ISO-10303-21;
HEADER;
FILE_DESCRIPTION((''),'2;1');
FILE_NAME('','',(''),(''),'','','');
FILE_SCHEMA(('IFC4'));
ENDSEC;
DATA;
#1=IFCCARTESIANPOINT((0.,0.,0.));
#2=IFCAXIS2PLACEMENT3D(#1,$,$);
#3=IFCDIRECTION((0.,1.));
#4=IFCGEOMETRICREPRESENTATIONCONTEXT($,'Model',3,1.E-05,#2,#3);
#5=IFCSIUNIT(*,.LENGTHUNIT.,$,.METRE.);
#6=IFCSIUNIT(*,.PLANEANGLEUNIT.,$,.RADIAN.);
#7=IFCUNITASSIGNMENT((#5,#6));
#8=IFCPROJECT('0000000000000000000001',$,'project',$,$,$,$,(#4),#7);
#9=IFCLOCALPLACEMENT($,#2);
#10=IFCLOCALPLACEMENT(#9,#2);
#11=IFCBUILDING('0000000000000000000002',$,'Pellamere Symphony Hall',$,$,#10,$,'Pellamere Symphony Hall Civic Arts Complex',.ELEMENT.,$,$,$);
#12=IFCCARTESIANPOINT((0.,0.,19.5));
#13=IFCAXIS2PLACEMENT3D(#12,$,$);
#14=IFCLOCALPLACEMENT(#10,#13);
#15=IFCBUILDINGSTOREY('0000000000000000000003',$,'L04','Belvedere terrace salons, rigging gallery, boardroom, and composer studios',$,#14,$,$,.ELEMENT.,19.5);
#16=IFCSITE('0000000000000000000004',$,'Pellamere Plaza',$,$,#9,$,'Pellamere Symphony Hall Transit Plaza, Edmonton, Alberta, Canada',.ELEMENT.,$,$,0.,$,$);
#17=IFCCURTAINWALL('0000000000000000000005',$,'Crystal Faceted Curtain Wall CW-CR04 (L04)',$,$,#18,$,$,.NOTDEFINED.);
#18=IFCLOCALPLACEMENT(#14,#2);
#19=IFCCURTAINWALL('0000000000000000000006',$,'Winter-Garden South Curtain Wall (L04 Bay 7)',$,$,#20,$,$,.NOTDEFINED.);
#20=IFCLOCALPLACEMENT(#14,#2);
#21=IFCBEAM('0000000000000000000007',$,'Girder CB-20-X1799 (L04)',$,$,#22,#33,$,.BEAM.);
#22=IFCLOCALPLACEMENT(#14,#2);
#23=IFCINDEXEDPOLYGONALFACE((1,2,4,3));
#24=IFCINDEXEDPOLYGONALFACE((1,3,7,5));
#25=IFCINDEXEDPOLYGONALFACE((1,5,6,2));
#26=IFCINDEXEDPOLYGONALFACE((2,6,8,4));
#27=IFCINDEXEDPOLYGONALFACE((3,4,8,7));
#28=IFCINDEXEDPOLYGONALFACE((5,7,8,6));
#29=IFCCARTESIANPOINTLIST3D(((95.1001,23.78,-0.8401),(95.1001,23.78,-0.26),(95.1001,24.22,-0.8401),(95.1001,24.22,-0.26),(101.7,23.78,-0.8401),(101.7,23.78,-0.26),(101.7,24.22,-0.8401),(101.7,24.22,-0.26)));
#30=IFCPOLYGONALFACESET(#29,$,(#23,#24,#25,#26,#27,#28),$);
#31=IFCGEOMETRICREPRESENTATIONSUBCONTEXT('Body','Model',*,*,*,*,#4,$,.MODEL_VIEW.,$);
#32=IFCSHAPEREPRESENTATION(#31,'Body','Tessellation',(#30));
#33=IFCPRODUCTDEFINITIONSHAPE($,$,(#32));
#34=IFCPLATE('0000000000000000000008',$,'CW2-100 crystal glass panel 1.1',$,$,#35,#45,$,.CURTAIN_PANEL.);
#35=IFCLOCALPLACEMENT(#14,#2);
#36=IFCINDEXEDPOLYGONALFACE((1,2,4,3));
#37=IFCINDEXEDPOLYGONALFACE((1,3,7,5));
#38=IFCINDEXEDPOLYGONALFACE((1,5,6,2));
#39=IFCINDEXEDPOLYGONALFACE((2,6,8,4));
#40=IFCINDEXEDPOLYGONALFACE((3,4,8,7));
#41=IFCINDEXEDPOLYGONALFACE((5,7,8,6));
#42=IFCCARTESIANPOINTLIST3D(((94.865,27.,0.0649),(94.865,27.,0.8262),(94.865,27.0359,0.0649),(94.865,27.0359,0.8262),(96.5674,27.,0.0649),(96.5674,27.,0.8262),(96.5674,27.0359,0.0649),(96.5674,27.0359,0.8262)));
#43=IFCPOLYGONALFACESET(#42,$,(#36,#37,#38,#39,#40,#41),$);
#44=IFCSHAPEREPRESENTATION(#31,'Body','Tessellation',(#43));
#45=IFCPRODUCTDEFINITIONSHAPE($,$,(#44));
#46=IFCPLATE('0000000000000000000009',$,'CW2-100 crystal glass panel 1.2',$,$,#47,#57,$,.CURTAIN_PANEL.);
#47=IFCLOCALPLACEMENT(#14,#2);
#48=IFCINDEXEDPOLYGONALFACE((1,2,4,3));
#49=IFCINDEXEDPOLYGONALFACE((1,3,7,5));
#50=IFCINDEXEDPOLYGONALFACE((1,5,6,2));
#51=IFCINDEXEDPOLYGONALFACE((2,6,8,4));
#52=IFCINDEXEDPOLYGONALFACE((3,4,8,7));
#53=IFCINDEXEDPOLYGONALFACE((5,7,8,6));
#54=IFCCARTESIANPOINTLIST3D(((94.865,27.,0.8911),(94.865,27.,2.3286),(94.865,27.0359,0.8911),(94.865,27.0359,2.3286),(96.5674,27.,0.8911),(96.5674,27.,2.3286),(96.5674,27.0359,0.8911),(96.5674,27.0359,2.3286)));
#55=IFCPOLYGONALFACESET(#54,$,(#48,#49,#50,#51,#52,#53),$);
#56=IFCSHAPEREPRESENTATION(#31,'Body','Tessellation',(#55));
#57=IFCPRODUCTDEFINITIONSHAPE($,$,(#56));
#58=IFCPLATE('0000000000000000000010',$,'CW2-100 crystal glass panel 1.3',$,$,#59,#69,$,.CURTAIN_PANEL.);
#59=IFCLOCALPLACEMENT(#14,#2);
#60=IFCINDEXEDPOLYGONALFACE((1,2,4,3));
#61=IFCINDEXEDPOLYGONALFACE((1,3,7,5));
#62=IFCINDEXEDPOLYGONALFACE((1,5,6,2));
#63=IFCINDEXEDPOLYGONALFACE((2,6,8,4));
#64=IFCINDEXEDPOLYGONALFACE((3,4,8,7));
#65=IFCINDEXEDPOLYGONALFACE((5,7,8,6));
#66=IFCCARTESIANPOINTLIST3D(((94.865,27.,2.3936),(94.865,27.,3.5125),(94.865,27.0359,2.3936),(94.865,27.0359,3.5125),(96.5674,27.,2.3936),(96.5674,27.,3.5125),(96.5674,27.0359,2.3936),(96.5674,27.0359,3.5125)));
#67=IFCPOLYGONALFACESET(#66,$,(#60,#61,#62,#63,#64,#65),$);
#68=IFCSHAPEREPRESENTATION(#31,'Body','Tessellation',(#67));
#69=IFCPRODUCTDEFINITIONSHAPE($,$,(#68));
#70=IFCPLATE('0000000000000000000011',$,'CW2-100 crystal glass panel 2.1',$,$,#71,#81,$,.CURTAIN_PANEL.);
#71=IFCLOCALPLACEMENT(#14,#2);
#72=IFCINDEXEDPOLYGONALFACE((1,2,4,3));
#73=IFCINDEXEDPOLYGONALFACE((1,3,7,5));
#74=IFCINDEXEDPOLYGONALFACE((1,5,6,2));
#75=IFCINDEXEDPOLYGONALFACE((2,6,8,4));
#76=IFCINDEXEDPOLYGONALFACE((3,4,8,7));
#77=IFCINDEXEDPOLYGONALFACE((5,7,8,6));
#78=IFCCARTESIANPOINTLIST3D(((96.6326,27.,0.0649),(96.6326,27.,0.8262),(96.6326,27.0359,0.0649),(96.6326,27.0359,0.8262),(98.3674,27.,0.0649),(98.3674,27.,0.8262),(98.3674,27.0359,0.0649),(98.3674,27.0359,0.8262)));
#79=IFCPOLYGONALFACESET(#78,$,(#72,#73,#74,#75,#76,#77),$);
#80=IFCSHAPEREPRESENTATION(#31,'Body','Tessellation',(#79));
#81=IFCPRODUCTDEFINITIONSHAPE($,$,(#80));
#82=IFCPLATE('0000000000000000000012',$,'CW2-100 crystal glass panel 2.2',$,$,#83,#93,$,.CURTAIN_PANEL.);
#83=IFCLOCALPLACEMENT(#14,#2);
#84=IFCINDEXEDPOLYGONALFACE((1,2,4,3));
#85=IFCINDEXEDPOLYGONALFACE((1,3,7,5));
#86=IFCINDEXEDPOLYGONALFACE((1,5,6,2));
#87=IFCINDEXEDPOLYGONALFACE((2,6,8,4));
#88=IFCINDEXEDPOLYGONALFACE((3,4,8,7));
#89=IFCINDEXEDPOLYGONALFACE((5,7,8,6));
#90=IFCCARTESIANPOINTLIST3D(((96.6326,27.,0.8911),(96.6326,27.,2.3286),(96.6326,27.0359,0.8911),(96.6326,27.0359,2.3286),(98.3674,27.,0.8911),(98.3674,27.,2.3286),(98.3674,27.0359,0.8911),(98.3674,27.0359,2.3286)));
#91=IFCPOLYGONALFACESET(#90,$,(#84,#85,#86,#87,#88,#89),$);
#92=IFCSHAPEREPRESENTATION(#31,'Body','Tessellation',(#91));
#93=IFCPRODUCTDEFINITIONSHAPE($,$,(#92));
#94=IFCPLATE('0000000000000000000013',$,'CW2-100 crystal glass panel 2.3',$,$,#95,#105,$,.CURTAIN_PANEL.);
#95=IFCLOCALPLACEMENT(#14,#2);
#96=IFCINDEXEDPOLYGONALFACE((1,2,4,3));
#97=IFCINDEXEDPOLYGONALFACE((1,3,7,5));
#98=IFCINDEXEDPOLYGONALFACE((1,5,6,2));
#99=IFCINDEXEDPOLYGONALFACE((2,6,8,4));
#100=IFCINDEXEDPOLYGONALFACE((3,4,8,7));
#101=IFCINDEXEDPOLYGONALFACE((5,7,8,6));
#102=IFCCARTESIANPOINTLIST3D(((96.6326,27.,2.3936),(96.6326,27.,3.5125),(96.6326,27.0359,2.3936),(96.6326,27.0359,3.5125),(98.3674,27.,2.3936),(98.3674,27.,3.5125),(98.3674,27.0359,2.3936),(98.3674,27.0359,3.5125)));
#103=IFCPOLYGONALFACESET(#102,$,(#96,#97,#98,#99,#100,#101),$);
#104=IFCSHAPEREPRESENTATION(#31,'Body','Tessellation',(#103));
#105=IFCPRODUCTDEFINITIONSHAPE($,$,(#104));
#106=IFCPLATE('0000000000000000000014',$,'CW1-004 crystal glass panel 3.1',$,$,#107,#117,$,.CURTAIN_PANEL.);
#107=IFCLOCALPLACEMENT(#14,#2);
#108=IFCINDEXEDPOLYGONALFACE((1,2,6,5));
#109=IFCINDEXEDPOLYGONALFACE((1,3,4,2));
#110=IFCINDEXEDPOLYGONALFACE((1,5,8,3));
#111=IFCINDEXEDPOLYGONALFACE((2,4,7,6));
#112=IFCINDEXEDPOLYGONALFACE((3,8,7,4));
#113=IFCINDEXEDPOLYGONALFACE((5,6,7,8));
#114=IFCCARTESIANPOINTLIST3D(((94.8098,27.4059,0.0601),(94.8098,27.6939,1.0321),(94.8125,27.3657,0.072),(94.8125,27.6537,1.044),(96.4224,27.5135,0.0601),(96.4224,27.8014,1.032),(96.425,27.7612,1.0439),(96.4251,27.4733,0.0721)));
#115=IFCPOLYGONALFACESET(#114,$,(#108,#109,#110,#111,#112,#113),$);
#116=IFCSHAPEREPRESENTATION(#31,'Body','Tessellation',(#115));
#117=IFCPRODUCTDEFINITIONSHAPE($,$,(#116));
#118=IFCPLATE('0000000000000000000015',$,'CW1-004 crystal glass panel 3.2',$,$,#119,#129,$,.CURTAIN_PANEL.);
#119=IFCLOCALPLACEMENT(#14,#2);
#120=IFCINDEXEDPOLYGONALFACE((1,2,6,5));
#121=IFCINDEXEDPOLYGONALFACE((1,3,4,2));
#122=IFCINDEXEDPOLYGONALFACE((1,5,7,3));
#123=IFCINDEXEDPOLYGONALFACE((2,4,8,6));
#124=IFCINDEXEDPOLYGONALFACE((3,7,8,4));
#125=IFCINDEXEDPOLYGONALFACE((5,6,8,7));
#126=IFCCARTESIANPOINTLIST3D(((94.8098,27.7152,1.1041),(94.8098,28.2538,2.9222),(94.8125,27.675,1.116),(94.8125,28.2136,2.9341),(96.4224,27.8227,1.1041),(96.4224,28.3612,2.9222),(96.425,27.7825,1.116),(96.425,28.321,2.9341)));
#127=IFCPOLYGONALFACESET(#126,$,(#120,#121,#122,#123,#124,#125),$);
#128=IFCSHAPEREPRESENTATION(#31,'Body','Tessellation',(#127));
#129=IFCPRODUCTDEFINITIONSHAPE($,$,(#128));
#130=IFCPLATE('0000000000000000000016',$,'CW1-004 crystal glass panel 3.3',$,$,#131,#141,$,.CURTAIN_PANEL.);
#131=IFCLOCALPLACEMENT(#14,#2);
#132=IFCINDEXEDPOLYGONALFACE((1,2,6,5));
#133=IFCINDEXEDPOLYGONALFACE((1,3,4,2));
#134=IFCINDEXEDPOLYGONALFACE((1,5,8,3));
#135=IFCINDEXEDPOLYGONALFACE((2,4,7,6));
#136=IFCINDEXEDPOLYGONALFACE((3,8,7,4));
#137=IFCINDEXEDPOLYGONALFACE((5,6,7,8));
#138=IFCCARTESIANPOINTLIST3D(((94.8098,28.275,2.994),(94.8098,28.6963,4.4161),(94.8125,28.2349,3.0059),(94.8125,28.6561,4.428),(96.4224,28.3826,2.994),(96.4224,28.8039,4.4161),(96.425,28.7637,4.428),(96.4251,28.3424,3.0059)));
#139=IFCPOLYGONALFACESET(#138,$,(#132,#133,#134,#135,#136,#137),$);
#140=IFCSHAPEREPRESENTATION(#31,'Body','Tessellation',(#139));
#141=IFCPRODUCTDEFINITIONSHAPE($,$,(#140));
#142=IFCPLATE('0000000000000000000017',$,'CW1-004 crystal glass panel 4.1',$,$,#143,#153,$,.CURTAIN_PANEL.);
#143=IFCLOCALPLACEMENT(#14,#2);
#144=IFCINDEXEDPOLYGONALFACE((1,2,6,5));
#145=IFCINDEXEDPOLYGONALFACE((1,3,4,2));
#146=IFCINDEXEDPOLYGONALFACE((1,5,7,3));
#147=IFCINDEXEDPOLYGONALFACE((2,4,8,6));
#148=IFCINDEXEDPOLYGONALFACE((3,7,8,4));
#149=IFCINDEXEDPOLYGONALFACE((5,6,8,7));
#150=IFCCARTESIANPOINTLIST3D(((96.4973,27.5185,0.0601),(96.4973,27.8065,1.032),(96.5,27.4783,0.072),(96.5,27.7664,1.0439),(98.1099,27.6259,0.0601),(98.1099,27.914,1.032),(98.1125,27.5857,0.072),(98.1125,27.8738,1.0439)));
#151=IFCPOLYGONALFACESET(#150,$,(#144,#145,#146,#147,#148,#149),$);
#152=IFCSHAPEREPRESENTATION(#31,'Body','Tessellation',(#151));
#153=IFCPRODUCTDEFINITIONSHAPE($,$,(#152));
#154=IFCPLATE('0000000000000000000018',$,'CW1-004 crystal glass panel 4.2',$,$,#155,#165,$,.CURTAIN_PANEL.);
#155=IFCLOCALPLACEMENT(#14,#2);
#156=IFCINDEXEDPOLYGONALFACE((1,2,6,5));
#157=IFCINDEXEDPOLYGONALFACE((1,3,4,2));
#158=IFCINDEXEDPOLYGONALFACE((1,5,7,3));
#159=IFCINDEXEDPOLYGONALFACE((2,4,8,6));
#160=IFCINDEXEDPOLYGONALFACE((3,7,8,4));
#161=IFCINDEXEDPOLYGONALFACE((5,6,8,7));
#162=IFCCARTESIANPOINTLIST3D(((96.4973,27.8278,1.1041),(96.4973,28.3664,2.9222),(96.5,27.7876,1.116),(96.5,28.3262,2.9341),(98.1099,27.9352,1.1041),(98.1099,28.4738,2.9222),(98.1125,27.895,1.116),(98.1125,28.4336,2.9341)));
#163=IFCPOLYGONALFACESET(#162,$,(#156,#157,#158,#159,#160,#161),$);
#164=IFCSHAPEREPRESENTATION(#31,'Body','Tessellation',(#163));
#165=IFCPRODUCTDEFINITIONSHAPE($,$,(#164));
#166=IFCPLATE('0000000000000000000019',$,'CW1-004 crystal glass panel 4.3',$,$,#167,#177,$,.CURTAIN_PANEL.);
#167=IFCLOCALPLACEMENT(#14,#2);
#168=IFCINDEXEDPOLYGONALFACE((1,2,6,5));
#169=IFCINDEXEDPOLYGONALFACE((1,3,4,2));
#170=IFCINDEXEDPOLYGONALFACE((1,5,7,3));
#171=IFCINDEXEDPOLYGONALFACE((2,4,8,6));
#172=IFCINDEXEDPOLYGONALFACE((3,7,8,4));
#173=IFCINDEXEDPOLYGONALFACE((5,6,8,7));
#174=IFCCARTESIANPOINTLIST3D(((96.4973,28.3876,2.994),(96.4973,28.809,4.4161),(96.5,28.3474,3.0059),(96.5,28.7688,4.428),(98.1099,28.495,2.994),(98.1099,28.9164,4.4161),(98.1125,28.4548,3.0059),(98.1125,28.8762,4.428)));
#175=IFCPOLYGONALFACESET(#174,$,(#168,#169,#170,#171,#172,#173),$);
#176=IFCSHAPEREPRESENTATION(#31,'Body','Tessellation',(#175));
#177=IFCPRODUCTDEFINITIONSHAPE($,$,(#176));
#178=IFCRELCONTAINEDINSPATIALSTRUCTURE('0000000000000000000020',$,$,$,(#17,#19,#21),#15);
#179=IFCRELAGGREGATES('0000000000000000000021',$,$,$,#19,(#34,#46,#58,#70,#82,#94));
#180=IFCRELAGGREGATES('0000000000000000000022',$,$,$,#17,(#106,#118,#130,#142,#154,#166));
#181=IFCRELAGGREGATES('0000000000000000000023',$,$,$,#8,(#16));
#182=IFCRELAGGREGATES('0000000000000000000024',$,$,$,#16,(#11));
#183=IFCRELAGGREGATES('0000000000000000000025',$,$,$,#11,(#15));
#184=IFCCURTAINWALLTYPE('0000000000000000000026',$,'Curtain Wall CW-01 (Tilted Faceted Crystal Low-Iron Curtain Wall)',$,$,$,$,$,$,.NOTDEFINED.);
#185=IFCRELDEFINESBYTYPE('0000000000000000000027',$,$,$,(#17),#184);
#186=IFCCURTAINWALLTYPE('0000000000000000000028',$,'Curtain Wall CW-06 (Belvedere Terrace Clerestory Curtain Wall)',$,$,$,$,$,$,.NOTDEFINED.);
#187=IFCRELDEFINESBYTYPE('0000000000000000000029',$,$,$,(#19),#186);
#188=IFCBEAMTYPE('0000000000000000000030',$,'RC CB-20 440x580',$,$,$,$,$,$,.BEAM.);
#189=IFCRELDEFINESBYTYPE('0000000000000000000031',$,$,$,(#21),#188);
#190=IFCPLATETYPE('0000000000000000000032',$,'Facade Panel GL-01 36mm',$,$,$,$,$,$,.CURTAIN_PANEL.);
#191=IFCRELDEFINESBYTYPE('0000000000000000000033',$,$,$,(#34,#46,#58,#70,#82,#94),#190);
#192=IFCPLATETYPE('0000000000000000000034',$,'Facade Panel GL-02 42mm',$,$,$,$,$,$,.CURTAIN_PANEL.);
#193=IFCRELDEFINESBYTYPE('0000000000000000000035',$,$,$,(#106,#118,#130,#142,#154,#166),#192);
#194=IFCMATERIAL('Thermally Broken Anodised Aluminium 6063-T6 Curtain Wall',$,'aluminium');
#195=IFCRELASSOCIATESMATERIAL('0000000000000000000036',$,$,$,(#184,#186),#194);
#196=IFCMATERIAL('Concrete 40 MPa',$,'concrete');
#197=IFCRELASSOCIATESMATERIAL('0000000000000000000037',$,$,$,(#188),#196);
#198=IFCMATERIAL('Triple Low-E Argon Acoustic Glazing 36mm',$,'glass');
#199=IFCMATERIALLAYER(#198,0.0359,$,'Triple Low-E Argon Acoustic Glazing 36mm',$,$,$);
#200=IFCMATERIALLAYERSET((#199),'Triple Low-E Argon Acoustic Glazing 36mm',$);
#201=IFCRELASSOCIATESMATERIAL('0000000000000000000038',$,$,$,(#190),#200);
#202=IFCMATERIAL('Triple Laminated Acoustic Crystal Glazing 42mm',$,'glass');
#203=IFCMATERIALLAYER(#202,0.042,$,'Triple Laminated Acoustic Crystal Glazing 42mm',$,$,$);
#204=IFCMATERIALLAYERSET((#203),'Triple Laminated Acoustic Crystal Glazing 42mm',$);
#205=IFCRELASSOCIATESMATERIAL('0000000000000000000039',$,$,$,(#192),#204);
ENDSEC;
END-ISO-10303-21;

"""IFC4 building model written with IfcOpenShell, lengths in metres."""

from ifc_helpers import new_model, si_unit, direction, frame, origin, origin_2d, place, context, subcontext, project, spatial, polyline, rectangle, outline, extrude, material, layer, layer_set, material_profile, profile_set, type_object, element, aggregate, save


model = new_model("IFC4")

# Units and contexts
model_context = context("Model", 3, precision=1e-05, world=origin(), true_north=direction((0.0, 1.0)))
body_context = subcontext(model_context, "Body", "Model", "MODEL_VIEW")
ifc_project = project(units=[si_unit("LENGTHUNIT", "METRE"), si_unit("PLANEANGLEUNIT", "RADIAN")], contexts=[model_context])

# Site, building, storey
site_placement = place(None, origin())
site = spatial("IfcSite", under=ifc_project, at=site_placement, Name="Pellamere Plaza", LongName="Pellamere Symphony Hall Transit Plaza, Edmonton, Alberta, Canada", CompositionType="ELEMENT", RefElevation=0.0)
building_placement = place(site_placement, origin())
building = spatial("IfcBuilding", under=site, at=building_placement, Name="Pellamere Symphony Hall", LongName="Pellamere Symphony Hall Civic Arts Complex", CompositionType="ELEMENT")
storey_placement = place(building_placement, frame((0.0, 0.0, 19.5)))
storey = spatial("IfcBuildingStorey", under=building, at=storey_placement, Name="L04", Description="Belvedere terrace salons, rigging gallery, boardroom, and composer studios", CompositionType="ELEMENT", Elevation=19.5)

# Curtain walls
ifc_material_1 = material(Name="Thermally Broken Anodised Aluminium 6063-T6 Curtain Wall", Category="aluminium")
curtain_wall_type_1 = type_object("IfcCurtainWallType", Name="Curtain Wall CW-01 (Tilted Faceted Crystal Low-Iron Curtain Wall)", PredefinedType="NOTDEFINED", material=ifc_material_1)
curtain_wall_1_placement = place(storey_placement, origin())
curtain_wall_1 = element("IfcCurtainWall", 1, at=curtain_wall_1_placement, inside=storey, type_object=curtain_wall_type_1, Name="Crystal Faceted Curtain Wall CW-CR04 (L04)", PredefinedType="NOTDEFINED")
curtain_wall_type_2 = type_object("IfcCurtainWallType", Name="Curtain Wall CW-06 (Belvedere Terrace Clerestory Curtain Wall)", PredefinedType="NOTDEFINED", material=ifc_material_1)
curtain_wall_2_placement = place(storey_placement, origin())
curtain_wall_2 = element("IfcCurtainWall", 2, at=curtain_wall_2_placement, inside=storey, type_object=curtain_wall_type_2, Name="Winter-Garden South Curtain Wall (L04 Bay 7)", PredefinedType="NOTDEFINED")

# Beam
ifc_material_2 = material(Name="Concrete 40 MPa", Category="concrete")
ifc_material_profile_1 = material_profile(ifc_material_2, rectangle(XDim=0.4399, YDim=0.5801, at=origin_2d()), Name="RC 440x580")
ifc_profile_set_1 = profile_set([ifc_material_profile_1], Name="Concrete 40 MPa")
beam_type_1 = type_object("IfcBeamType", Name="RC CB-20 440x580", PredefinedType="BEAM", material=ifc_profile_set_1)
beam_1_placement = place(storey_placement, frame((95.1001, 24.0, -0.55), z_axis=(1.0, 0.0, 0.0), x_axis=(0.0, 1.0, 0.0)))
element("IfcBeam", 3, at=beam_1_placement, inside=storey, type_object=beam_type_1, Name="Girder CB-20-X1799 (L04)", PredefinedType="BEAM", context=body_context, shape_type="SweptSolid", body=[
    extrude(rectangle(XDim=0.4399, YDim=0.5801, at=origin_2d()), origin(), (0.0, 0.0, 1.0), 6.5999),
])

# Plates
ifc_material_3 = material(Name="Triple Low-E Argon Acoustic Glazing 36mm", Category="glass")
ifc_layer_1 = layer(ifc_material_3, 0.0359, Name="Triple Low-E Argon Acoustic Glazing 36mm")
ifc_layer_set_1 = layer_set([ifc_layer_1], Name="Triple Low-E Argon Acoustic Glazing 36mm")
plate_type_1 = type_object("IfcPlateType", Name="Facade Panel GL-01 36mm", PredefinedType="CURTAIN_PANEL", material=ifc_layer_set_1)
plate_1_placement = place(storey_placement, frame((94.865, 27.0, 0.0649), z_axis=(0.0, -1.0, 0.0), x_axis=(1.0, 0.0, 0.0)))
plate_1 = element("IfcPlate", 4, at=plate_1_placement, type_object=plate_type_1, Name="CW2-100 crystal glass panel 1.1", PredefinedType="CURTAIN_PANEL", context=body_context, shape_type="SweptSolid", body=[
    extrude(outline(polyline([(0.0, 0.0), (1.7024, 0.0), (1.7024, 0.7612), (0.0, 0.7612), (0.0, 0.0)])), origin(), (0.0, 0.0, -1.0), 0.0359),
])
plate_2_placement = place(storey_placement, frame((94.865, 27.0, 0.8911), z_axis=(0.0, -1.0, 0.0), x_axis=(1.0, 0.0, 0.0)))
plate_2 = element("IfcPlate", 5, at=plate_2_placement, type_object=plate_type_1, Name="CW2-100 crystal glass panel 1.2", PredefinedType="CURTAIN_PANEL", context=body_context, shape_type="SweptSolid", body=[
    extrude(outline(polyline([(0.0, 0.0), (1.7024, 0.0), (1.7024, 1.4375), (0.0, 1.4375), (0.0, 0.0)])), origin(), (0.0, 0.0, -1.0), 0.0359),
])
plate_3_placement = place(storey_placement, frame((94.865, 27.0, 2.3936), z_axis=(0.0, -1.0, 0.0), x_axis=(1.0, 0.0, 0.0)))
plate_3 = element("IfcPlate", 6, at=plate_3_placement, type_object=plate_type_1, Name="CW2-100 crystal glass panel 1.3", PredefinedType="CURTAIN_PANEL", context=body_context, shape_type="SweptSolid", body=[
    extrude(outline(polyline([(0.0, 0.0), (1.7024, 0.0), (1.7024, 1.1189), (0.0, 1.1189), (0.0, 0.0)])), origin(), (0.0, 0.0, -1.0), 0.0359),
])
plate_4_placement = place(storey_placement, frame((96.6326, 27.0, 0.0649), z_axis=(0.0, -1.0, 0.0), x_axis=(1.0, 0.0, 0.0)))
plate_4 = element("IfcPlate", 7, at=plate_4_placement, type_object=plate_type_1, Name="CW2-100 crystal glass panel 2.1", PredefinedType="CURTAIN_PANEL", context=body_context, shape_type="SweptSolid", body=[
    extrude(outline(polyline([(0.0, 0.0), (1.7349, 0.0), (1.7349, 0.7612), (0.0, 0.7612), (0.0, 0.0)])), origin(), (0.0, 0.0, -1.0), 0.0359),
])
plate_5_placement = place(storey_placement, frame((96.6326, 27.0, 0.8911), z_axis=(0.0, -1.0, 0.0), x_axis=(1.0, 0.0, 0.0)))
plate_5 = element("IfcPlate", 8, at=plate_5_placement, type_object=plate_type_1, Name="CW2-100 crystal glass panel 2.2", PredefinedType="CURTAIN_PANEL", context=body_context, shape_type="SweptSolid", body=[
    extrude(outline(polyline([(0.0, 0.0), (1.7349, 0.0), (1.7349, 1.4375), (0.0, 1.4375), (0.0, 0.0)])), origin(), (0.0, 0.0, -1.0), 0.0359),
])
plate_6_placement = place(storey_placement, frame((96.6326, 27.0, 2.3936), z_axis=(0.0, -1.0, 0.0), x_axis=(1.0, 0.0, 0.0)))
plate_6 = element("IfcPlate", 9, at=plate_6_placement, type_object=plate_type_1, Name="CW2-100 crystal glass panel 2.3", PredefinedType="CURTAIN_PANEL", context=body_context, shape_type="SweptSolid", body=[
    extrude(outline(polyline([(0.0, 0.0), (1.7349, 0.0), (1.7349, 1.1189), (0.0, 1.1189), (0.0, 0.0)])), origin(), (0.0, 0.0, -1.0), 0.0359),
])
aggregate(curtain_wall_2, [plate_1, plate_2, plate_3, plate_4, plate_5, plate_6])
ifc_material_4 = material(Name="Triple Laminated Acoustic Crystal Glazing 42mm", Category="glass")
ifc_layer_2 = layer(ifc_material_4, 0.042, Name="Triple Laminated Acoustic Crystal Glazing 42mm")
ifc_layer_set_2 = layer_set([ifc_layer_2], Name="Triple Laminated Acoustic Crystal Glazing 42mm")
plate_type_2 = type_object("IfcPlateType", Name="Facade Panel GL-02 42mm", PredefinedType="CURTAIN_PANEL", material=ifc_layer_set_2)
plate_7_placement = place(storey_placement, frame((94.8125, 27.3657, 0.072), z_axis=(0.063814, -0.956848, 0.283497), x_axis=(0.997783, 0.06655, 0.00002)))
plate_7 = element("IfcPlate", 10, at=plate_7_placement, type_object=plate_type_2, Name="CW1-004 crystal glass panel 3.1", PredefinedType="CURTAIN_PANEL", context=body_context, shape_type="SweptSolid", body=[
    extrude(outline(polyline([(0.0, 0.0), (1.6161, 0.0), (1.6353, 1.0135), (0.0192, 1.0135), (0.0, 0.0)])), origin(), (0.0, 0.0, -1.0), 0.042),
])
plate_8_placement = place(storey_placement, frame((94.8125, 27.675, 1.116), z_axis=(0.063743, -0.956866, 0.283449), x_axis=(0.997788, 0.066469, 0.0)))
plate_8 = element("IfcPlate", 11, at=plate_8_placement, type_object=plate_type_2, Name="CW1-004 crystal glass panel 3.2", PredefinedType="CURTAIN_PANEL", context=body_context, shape_type="SweptSolid", body=[
    extrude(outline(polyline([(0.0, 0.0), (1.6161, 0.0), (1.6519, 1.8959), (0.0358, 1.8959), (0.0, 0.0)])), origin(), (0.0, 0.0, -1.0), 0.042),
])
plate_9_placement = place(storey_placement, frame((94.8125, 28.2349, 3.0059), z_axis=(0.063815, -0.956863, 0.283445), x_axis=(0.997783, 0.06655, 0.00002)))
plate_9 = element("IfcPlate", 12, at=plate_9_placement, type_object=plate_type_2, Name="CW1-004 crystal glass panel 3.3", PredefinedType="CURTAIN_PANEL", context=body_context, shape_type="SweptSolid", body=[
    extrude(outline(polyline([(0.0, 0.0), (1.6161, 0.0), (1.6442, 1.4829), (0.0281, 1.483), (0.0, 0.0)])), origin(), (0.0, 0.0, -1.0), 0.042),
])
plate_10_placement = place(storey_placement, frame((96.5, 27.4783, 0.072), z_axis=(0.06374, -0.956819, 0.283609), x_axis=(0.997788, 0.066469, 0.0)))
plate_10 = element("IfcPlate", 13, at=plate_10_placement, type_object=plate_type_2, Name="CW1-004 crystal glass panel 4.1", PredefinedType="CURTAIN_PANEL", context=body_context, shape_type="SweptSolid", body=[
    extrude(outline(polyline([(0.0, 0.0), (1.6161, 0.0), (1.6353, 1.0135), (0.0191, 1.0135), (0.0, 0.0)])), origin(), (0.0, 0.0, -1.0), 0.042),
])
plate_11_placement = place(storey_placement, frame((96.5, 27.7876, 1.116), z_axis=(0.063743, -0.956866, 0.283449), x_axis=(0.997788, 0.066469, 0.0)))
plate_11 = element("IfcPlate", 14, at=plate_11_placement, type_object=plate_type_2, Name="CW1-004 crystal glass panel 4.2", PredefinedType="CURTAIN_PANEL", context=body_context, shape_type="SweptSolid", body=[
    extrude(outline(polyline([(0.0, 0.0), (1.6161, 0.0), (1.6519, 1.8959), (0.0358, 1.8959), (0.0, 0.0)])), origin(), (0.0, 0.0, -1.0), 0.042),
])
plate_12_placement = place(storey_placement, frame((96.5, 28.3474, 3.0059), z_axis=(0.063741, -0.956845, 0.283522), x_axis=(0.997788, 0.066469, 0.0)))
plate_12 = element("IfcPlate", 15, at=plate_12_placement, type_object=plate_type_2, Name="CW1-004 crystal glass panel 4.3", PredefinedType="CURTAIN_PANEL", context=body_context, shape_type="SweptSolid", body=[
    extrude(outline(polyline([(0.0, 0.0), (1.6161, 0.0), (1.6441, 1.483), (0.028, 1.483), (0.0, 0.0)])), origin(), (0.0, 0.0, -1.0), 0.042),
])
aggregate(curtain_wall_1, [plate_7, plate_8, plate_9, plate_10, plate_11, plate_12])

save(model, "model.ifc")
